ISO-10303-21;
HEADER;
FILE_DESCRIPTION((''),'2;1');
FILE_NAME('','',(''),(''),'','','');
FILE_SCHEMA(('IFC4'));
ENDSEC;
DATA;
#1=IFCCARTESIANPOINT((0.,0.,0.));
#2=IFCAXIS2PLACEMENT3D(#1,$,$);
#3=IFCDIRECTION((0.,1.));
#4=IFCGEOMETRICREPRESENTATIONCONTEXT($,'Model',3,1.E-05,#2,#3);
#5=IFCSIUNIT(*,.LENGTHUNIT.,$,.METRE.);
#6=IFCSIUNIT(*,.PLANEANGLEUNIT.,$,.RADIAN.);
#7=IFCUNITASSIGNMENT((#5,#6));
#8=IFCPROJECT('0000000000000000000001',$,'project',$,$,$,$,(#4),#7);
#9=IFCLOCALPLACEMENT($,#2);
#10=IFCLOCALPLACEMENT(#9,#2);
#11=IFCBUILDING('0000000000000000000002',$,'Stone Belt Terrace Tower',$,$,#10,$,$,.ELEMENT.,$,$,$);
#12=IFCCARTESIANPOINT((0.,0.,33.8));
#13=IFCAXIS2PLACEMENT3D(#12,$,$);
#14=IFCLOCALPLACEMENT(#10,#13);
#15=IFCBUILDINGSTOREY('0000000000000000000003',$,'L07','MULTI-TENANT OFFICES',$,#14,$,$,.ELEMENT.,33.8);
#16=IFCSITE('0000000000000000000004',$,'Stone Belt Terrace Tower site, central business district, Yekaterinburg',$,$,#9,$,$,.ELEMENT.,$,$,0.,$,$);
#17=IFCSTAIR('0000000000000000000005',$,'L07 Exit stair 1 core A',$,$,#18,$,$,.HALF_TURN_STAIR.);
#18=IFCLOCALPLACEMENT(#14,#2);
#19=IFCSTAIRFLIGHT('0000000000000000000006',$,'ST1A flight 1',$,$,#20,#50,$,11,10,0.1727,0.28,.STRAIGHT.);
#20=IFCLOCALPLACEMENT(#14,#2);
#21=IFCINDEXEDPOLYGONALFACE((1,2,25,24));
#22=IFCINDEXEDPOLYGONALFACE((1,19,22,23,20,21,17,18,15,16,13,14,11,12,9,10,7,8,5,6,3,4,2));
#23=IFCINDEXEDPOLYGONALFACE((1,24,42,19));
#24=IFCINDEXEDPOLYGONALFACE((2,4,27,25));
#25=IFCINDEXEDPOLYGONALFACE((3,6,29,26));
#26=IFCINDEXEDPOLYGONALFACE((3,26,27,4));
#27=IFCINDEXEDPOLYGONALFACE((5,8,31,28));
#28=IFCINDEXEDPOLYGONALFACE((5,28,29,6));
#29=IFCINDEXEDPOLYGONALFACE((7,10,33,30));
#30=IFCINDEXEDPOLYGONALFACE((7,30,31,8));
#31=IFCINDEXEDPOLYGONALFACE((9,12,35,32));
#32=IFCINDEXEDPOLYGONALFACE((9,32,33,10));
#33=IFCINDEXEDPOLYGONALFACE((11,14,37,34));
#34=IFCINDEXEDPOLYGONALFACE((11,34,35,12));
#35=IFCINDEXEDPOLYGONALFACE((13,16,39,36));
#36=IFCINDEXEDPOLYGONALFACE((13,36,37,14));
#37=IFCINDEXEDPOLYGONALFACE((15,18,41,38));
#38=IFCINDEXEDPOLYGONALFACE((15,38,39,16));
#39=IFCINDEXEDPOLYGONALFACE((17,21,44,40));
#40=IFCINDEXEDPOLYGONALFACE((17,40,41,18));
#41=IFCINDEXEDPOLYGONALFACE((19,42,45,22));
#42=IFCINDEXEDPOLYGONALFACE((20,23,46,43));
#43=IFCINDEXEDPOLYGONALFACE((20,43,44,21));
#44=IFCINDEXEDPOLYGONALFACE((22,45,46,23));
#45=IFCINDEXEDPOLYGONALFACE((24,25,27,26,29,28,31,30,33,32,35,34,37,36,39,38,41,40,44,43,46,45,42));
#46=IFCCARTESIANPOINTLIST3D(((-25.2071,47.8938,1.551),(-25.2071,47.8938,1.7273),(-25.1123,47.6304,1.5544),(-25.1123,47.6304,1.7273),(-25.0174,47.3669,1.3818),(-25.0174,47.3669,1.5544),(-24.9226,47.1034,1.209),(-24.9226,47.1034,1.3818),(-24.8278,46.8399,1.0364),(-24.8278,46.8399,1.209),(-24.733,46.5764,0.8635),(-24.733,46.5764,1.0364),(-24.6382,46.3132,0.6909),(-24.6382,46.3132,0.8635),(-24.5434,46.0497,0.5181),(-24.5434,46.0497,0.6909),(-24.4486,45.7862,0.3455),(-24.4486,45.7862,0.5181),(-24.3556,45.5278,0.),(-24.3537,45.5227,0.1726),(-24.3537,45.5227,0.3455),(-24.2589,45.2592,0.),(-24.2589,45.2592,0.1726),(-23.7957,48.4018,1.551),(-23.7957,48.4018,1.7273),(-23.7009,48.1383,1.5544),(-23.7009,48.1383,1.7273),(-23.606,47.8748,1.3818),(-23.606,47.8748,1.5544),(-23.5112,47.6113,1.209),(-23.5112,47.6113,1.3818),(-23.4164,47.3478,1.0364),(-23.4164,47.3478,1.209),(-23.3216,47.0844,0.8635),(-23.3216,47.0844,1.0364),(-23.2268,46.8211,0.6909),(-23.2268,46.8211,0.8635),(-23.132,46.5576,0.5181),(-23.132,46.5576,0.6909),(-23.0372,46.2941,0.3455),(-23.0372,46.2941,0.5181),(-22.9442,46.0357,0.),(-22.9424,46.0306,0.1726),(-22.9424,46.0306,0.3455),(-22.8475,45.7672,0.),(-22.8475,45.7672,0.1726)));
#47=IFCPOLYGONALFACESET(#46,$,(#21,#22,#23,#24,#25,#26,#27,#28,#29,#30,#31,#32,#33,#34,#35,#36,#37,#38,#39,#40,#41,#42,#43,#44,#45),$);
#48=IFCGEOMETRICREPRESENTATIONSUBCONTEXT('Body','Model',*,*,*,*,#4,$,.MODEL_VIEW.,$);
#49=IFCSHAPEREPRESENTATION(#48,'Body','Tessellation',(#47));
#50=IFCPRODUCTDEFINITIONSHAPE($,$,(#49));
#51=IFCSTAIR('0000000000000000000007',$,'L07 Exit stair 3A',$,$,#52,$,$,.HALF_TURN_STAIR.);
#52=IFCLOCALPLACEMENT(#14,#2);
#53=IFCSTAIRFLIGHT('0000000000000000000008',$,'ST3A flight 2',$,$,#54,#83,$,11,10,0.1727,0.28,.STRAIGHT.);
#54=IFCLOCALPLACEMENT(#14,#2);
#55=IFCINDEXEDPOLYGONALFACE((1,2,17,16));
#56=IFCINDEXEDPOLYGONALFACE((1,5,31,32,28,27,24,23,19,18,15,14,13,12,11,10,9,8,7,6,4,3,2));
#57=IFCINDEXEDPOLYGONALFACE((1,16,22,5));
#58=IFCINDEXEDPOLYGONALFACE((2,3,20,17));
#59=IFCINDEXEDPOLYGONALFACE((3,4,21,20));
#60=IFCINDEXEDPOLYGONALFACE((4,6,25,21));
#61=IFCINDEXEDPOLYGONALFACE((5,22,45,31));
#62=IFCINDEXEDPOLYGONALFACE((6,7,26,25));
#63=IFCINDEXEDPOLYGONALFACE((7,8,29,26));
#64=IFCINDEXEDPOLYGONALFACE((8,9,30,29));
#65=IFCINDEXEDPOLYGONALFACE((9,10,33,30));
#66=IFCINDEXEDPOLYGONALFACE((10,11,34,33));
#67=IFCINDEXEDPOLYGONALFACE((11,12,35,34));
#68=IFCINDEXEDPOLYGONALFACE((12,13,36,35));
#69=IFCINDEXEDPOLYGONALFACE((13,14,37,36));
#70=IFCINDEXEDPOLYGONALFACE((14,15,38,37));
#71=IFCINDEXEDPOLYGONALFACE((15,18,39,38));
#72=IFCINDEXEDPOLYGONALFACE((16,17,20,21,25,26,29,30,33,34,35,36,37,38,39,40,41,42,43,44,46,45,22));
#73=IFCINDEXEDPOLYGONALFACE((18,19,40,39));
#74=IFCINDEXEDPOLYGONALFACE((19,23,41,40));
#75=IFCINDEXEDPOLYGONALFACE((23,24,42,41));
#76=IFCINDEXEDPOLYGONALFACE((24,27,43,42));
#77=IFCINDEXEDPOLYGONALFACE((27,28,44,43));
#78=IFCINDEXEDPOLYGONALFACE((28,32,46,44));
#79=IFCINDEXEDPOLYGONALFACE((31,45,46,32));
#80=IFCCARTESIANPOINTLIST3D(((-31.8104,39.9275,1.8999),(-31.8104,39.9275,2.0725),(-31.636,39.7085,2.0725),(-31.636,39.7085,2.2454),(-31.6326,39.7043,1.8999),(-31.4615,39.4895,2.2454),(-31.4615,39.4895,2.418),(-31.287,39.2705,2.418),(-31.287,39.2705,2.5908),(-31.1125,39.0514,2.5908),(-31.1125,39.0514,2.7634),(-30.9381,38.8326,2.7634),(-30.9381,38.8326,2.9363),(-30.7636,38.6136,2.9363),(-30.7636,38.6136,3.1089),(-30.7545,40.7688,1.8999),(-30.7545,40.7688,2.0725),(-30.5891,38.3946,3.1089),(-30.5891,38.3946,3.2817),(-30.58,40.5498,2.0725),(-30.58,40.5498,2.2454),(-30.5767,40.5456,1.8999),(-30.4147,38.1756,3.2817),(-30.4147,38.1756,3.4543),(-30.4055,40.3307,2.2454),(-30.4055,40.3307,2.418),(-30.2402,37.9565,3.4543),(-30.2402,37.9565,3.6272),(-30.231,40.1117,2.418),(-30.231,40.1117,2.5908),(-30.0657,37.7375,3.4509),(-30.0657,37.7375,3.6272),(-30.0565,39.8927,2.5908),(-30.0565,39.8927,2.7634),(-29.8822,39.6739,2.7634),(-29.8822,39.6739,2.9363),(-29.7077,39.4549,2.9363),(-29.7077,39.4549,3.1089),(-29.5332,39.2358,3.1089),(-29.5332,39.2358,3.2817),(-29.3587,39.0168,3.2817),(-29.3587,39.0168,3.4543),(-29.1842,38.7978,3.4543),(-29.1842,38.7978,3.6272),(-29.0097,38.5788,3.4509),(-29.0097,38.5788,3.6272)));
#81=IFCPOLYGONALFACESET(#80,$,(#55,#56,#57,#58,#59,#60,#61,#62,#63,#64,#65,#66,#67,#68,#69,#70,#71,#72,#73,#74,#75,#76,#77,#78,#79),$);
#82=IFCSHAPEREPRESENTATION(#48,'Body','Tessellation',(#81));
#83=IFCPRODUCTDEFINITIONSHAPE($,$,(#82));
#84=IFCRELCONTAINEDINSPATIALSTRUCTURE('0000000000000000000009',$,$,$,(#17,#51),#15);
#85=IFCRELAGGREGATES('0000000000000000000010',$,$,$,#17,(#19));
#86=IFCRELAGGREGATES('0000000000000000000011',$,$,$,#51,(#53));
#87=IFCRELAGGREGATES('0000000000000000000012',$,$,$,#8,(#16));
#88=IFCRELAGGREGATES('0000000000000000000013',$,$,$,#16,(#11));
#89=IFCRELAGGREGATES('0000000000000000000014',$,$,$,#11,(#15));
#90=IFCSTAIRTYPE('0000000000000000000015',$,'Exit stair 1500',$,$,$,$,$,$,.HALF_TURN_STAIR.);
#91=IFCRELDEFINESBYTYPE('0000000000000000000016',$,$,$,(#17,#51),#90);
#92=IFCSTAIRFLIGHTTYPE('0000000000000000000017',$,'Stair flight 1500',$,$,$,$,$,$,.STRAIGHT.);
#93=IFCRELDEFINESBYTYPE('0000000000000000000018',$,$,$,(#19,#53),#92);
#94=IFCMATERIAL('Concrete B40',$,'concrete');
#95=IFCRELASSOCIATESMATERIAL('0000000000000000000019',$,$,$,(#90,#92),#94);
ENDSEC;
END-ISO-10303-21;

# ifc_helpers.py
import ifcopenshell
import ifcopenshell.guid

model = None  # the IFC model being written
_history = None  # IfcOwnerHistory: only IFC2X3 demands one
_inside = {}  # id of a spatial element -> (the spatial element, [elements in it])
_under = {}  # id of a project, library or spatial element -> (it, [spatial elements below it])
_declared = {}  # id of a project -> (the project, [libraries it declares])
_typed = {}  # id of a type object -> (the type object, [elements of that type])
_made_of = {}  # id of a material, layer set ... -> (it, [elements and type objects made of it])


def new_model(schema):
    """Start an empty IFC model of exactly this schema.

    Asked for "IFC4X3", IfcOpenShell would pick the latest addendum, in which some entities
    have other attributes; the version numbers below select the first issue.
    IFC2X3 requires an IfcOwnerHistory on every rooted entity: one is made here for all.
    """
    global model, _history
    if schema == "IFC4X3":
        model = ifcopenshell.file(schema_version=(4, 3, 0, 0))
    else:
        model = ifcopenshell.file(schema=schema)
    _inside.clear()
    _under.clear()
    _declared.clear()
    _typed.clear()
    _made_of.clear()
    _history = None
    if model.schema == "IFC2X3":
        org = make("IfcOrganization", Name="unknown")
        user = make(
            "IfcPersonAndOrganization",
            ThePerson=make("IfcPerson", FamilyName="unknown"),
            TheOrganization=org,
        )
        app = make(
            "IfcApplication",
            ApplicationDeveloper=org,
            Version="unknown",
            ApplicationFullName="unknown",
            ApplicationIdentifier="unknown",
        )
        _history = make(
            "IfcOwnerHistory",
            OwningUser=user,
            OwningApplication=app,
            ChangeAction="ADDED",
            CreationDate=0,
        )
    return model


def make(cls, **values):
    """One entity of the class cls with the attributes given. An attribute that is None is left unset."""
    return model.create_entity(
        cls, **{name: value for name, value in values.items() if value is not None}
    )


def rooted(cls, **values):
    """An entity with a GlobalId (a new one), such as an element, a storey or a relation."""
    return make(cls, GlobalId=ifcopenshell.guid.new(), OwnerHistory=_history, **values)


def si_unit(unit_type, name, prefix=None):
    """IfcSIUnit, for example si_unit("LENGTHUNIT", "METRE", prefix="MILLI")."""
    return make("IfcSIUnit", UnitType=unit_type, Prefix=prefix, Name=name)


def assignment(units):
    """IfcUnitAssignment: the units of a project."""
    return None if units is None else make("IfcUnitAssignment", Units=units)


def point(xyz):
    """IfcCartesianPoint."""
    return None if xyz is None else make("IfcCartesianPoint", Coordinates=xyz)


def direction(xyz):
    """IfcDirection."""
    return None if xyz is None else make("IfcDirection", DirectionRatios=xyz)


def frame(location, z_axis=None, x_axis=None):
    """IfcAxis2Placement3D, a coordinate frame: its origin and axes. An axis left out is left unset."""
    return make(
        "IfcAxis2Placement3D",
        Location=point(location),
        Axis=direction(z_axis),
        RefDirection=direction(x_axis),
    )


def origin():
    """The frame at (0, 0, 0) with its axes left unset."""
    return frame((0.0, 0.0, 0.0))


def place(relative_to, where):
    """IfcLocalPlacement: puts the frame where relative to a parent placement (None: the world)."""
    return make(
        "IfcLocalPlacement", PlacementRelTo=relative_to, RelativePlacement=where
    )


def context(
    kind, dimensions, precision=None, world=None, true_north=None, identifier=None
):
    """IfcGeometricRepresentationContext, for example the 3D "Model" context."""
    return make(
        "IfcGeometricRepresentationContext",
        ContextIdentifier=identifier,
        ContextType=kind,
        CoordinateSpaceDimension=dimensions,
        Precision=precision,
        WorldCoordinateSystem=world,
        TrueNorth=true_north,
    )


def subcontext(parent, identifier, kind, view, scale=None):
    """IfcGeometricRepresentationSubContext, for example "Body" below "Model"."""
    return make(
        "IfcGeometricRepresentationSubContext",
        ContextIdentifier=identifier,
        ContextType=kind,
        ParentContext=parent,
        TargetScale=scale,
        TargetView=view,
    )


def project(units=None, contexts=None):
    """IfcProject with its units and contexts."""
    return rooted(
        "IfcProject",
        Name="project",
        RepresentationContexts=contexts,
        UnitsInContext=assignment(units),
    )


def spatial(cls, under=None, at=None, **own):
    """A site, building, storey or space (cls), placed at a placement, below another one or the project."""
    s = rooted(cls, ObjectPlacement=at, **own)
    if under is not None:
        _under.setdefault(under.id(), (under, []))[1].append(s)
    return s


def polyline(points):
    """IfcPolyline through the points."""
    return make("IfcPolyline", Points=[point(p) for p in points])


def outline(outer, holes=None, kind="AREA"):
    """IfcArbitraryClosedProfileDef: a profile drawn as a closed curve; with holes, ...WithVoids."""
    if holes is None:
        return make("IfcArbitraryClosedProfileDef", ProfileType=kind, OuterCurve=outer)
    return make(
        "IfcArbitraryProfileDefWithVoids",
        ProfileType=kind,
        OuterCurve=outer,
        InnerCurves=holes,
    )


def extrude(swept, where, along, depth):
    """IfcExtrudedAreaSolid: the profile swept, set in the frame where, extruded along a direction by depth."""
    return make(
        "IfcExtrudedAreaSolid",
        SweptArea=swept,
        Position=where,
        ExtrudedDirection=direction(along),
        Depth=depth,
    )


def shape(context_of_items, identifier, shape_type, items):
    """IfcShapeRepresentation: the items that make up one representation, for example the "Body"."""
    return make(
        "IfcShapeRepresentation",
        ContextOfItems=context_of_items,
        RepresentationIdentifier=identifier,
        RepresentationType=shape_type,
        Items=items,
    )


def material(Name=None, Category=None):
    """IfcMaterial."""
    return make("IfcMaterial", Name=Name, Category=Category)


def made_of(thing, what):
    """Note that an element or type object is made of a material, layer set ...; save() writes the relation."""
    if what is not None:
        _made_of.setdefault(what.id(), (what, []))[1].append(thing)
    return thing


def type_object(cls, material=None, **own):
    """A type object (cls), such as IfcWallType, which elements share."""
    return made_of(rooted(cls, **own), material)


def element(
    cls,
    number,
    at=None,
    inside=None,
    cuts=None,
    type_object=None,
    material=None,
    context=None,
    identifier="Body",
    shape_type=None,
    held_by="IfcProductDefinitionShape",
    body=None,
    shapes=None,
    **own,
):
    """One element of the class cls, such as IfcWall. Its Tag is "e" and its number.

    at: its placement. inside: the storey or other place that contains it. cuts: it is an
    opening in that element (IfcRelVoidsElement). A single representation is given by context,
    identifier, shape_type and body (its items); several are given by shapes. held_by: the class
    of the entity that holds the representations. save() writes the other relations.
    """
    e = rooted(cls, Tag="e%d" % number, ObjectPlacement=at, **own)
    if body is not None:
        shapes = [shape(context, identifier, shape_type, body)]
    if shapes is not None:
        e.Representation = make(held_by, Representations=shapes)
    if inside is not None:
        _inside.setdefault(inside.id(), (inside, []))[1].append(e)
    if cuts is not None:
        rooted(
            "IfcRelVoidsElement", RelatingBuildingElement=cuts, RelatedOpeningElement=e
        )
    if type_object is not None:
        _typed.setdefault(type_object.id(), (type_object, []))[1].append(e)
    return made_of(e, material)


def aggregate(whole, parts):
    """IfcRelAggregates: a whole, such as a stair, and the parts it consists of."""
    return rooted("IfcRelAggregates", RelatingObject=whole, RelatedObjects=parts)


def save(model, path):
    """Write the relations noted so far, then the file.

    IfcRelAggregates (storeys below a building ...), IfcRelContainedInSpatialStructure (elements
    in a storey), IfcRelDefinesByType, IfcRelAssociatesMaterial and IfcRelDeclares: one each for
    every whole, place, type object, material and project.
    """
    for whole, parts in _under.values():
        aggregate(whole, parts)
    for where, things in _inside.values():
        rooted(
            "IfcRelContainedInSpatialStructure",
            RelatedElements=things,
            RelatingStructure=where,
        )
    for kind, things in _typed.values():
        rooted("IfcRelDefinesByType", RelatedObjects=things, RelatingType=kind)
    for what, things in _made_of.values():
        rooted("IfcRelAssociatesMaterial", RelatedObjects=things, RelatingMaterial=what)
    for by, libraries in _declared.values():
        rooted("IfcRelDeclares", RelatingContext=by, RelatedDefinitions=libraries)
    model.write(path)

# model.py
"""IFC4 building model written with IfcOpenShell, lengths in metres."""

from ifc_helpers import new_model, si_unit, direction, frame, origin, place, context, subcontext, project, spatial, polyline, outline, extrude, material, type_object, element, aggregate, save


model = new_model("IFC4")

# Units and contexts
model_context = context("Model", 3, precision=1e-05, world=origin(), true_north=direction((0.0, 1.0)))
body_context = subcontext(model_context, "Body", "Model", "MODEL_VIEW")
ifc_project = project(units=[si_unit("LENGTHUNIT", "METRE"), si_unit("PLANEANGLEUNIT", "RADIAN")], contexts=[model_context])

# Site, building, storey
site_placement = place(None, origin())
site = spatial("IfcSite", under=ifc_project, at=site_placement, Name="Stone Belt Terrace Tower site, central business district, Yekaterinburg", CompositionType="ELEMENT", RefElevation=0.0)
building_placement = place(site_placement, origin())
building = spatial("IfcBuilding", under=site, at=building_placement, Name="Stone Belt Terrace Tower", CompositionType="ELEMENT")
storey_placement = place(building_placement, frame((0.0, 0.0, 33.8)))
storey = spatial("IfcBuildingStorey", under=building, at=storey_placement, Name="L07", Description="MULTI-TENANT OFFICES", CompositionType="ELEMENT", Elevation=33.8)

# Stairs, stair flights
ifc_material_1 = material(Name="Concrete B40", Category="concrete")
stair_type = type_object("IfcStairType", Name="Exit stair 1500", PredefinedType="HALF_TURN_STAIR", material=ifc_material_1)
stair_1_placement = place(storey_placement, origin())
stair_1 = element("IfcStair", 1, at=stair_1_placement, inside=storey, type_object=stair_type, Name="L07 Exit stair 1 core A", PredefinedType="HALF_TURN_STAIR")
stair_flight_type = type_object("IfcStairFlightType", Name="Stair flight 1500", PredefinedType="STRAIGHT", material=ifc_material_1)
stair_flight_1_placement = place(storey_placement, frame((-23.5532, 45.5132, 0.0), z_axis=(0.0, 0.0, 1.0), x_axis=(-0.338624, 0.940922, 0.0)))
stair_flight_1 = element("IfcStairFlight", 2, at=stair_flight_1_placement, type_object=stair_flight_type, Name="ST1A flight 1", NumberOfRisers=11, NumberOfTreads=10, PredefinedType="STRAIGHT", RiserHeight=0.1727, TreadLength=0.28, context=body_context, shape_type="SweptSolid", body=[
    extrude(outline(polyline([(0.0, 0.0), (0.0, 0.1726), (0.28, 0.1726), (0.28, 0.3455), (0.5601, 0.3455), (0.5601, 0.5181), (0.8401, 0.5181), (0.8401, 0.6909), (1.1201, 0.6909), (1.1201, 0.8635), (1.3999, 0.8635), (1.3999, 1.0364), (1.6799, 1.0364), (1.6799, 1.209), (1.96, 1.209), (1.96, 1.3818), (2.24, 1.3818), (2.24, 1.5544), (2.52, 1.5544), (2.52, 1.7273), (2.8, 1.7273), (2.8, 1.8999), (2.8, 1.551), (0.2854, 0.0), (0.0, 0.0)])), frame((0.0, 0.75, 0.0), z_axis=(0.0, -1.0, 0.0), x_axis=(1.0, 0.0, 0.0)), (0.0, 0.0, 1.0), 1.5),
])
aggregate(stair_1, [stair_flight_1])
stair_2_placement = place(storey_placement, origin())
stair_2 = element("IfcStair", 3, at=stair_2_placement, inside=storey, type_object=stair_type, Name="L07 Exit stair 3A", PredefinedType="HALF_TURN_STAIR")
stair_flight_2_placement = place(storey_placement, frame((-31.2825, 40.3481, 1.8999), z_axis=(0.0, 0.0, 1.0), x_axis=(0.623121, -0.782125, 0.0)))
stair_flight_2 = element("IfcStairFlight", 4, at=stair_flight_2_placement, type_object=stair_flight_type, Name="ST3A flight 2", NumberOfRisers=11, NumberOfTreads=10, PredefinedType="STRAIGHT", RiserHeight=0.1727, TreadLength=0.28, context=body_context, shape_type="SweptSolid", body=[
    extrude(outline(polyline([(0.0, 0.0), (0.0, 0.1726), (0.28, 0.1726), (0.28, 0.3455), (0.5601, 0.3455), (0.5601, 0.5181), (0.8401, 0.5181), (0.8401, 0.6909), (1.1201, 0.6909), (1.1201, 0.8635), (1.3999, 0.8635), (1.3999, 1.0364), (1.6799, 1.0364), (1.6799, 1.209), (1.96, 1.209), (1.96, 1.3818), (2.24, 1.3818), (2.24, 1.5544), (2.52, 1.5544), (2.52, 1.7273), (2.8, 1.7273), (2.8, 1.8999), (2.8, 1.551), (0.2854, 0.0), (0.0, 0.0)])), frame((0.0, 0.675, 0.0), z_axis=(0.0, -1.0, 0.0), x_axis=(1.0, 0.0, 0.0)), (0.0, 0.0, 1.0), 1.3501),
])
aggregate(stair_2, [stair_flight_2])

save(model, "model.ifc")
